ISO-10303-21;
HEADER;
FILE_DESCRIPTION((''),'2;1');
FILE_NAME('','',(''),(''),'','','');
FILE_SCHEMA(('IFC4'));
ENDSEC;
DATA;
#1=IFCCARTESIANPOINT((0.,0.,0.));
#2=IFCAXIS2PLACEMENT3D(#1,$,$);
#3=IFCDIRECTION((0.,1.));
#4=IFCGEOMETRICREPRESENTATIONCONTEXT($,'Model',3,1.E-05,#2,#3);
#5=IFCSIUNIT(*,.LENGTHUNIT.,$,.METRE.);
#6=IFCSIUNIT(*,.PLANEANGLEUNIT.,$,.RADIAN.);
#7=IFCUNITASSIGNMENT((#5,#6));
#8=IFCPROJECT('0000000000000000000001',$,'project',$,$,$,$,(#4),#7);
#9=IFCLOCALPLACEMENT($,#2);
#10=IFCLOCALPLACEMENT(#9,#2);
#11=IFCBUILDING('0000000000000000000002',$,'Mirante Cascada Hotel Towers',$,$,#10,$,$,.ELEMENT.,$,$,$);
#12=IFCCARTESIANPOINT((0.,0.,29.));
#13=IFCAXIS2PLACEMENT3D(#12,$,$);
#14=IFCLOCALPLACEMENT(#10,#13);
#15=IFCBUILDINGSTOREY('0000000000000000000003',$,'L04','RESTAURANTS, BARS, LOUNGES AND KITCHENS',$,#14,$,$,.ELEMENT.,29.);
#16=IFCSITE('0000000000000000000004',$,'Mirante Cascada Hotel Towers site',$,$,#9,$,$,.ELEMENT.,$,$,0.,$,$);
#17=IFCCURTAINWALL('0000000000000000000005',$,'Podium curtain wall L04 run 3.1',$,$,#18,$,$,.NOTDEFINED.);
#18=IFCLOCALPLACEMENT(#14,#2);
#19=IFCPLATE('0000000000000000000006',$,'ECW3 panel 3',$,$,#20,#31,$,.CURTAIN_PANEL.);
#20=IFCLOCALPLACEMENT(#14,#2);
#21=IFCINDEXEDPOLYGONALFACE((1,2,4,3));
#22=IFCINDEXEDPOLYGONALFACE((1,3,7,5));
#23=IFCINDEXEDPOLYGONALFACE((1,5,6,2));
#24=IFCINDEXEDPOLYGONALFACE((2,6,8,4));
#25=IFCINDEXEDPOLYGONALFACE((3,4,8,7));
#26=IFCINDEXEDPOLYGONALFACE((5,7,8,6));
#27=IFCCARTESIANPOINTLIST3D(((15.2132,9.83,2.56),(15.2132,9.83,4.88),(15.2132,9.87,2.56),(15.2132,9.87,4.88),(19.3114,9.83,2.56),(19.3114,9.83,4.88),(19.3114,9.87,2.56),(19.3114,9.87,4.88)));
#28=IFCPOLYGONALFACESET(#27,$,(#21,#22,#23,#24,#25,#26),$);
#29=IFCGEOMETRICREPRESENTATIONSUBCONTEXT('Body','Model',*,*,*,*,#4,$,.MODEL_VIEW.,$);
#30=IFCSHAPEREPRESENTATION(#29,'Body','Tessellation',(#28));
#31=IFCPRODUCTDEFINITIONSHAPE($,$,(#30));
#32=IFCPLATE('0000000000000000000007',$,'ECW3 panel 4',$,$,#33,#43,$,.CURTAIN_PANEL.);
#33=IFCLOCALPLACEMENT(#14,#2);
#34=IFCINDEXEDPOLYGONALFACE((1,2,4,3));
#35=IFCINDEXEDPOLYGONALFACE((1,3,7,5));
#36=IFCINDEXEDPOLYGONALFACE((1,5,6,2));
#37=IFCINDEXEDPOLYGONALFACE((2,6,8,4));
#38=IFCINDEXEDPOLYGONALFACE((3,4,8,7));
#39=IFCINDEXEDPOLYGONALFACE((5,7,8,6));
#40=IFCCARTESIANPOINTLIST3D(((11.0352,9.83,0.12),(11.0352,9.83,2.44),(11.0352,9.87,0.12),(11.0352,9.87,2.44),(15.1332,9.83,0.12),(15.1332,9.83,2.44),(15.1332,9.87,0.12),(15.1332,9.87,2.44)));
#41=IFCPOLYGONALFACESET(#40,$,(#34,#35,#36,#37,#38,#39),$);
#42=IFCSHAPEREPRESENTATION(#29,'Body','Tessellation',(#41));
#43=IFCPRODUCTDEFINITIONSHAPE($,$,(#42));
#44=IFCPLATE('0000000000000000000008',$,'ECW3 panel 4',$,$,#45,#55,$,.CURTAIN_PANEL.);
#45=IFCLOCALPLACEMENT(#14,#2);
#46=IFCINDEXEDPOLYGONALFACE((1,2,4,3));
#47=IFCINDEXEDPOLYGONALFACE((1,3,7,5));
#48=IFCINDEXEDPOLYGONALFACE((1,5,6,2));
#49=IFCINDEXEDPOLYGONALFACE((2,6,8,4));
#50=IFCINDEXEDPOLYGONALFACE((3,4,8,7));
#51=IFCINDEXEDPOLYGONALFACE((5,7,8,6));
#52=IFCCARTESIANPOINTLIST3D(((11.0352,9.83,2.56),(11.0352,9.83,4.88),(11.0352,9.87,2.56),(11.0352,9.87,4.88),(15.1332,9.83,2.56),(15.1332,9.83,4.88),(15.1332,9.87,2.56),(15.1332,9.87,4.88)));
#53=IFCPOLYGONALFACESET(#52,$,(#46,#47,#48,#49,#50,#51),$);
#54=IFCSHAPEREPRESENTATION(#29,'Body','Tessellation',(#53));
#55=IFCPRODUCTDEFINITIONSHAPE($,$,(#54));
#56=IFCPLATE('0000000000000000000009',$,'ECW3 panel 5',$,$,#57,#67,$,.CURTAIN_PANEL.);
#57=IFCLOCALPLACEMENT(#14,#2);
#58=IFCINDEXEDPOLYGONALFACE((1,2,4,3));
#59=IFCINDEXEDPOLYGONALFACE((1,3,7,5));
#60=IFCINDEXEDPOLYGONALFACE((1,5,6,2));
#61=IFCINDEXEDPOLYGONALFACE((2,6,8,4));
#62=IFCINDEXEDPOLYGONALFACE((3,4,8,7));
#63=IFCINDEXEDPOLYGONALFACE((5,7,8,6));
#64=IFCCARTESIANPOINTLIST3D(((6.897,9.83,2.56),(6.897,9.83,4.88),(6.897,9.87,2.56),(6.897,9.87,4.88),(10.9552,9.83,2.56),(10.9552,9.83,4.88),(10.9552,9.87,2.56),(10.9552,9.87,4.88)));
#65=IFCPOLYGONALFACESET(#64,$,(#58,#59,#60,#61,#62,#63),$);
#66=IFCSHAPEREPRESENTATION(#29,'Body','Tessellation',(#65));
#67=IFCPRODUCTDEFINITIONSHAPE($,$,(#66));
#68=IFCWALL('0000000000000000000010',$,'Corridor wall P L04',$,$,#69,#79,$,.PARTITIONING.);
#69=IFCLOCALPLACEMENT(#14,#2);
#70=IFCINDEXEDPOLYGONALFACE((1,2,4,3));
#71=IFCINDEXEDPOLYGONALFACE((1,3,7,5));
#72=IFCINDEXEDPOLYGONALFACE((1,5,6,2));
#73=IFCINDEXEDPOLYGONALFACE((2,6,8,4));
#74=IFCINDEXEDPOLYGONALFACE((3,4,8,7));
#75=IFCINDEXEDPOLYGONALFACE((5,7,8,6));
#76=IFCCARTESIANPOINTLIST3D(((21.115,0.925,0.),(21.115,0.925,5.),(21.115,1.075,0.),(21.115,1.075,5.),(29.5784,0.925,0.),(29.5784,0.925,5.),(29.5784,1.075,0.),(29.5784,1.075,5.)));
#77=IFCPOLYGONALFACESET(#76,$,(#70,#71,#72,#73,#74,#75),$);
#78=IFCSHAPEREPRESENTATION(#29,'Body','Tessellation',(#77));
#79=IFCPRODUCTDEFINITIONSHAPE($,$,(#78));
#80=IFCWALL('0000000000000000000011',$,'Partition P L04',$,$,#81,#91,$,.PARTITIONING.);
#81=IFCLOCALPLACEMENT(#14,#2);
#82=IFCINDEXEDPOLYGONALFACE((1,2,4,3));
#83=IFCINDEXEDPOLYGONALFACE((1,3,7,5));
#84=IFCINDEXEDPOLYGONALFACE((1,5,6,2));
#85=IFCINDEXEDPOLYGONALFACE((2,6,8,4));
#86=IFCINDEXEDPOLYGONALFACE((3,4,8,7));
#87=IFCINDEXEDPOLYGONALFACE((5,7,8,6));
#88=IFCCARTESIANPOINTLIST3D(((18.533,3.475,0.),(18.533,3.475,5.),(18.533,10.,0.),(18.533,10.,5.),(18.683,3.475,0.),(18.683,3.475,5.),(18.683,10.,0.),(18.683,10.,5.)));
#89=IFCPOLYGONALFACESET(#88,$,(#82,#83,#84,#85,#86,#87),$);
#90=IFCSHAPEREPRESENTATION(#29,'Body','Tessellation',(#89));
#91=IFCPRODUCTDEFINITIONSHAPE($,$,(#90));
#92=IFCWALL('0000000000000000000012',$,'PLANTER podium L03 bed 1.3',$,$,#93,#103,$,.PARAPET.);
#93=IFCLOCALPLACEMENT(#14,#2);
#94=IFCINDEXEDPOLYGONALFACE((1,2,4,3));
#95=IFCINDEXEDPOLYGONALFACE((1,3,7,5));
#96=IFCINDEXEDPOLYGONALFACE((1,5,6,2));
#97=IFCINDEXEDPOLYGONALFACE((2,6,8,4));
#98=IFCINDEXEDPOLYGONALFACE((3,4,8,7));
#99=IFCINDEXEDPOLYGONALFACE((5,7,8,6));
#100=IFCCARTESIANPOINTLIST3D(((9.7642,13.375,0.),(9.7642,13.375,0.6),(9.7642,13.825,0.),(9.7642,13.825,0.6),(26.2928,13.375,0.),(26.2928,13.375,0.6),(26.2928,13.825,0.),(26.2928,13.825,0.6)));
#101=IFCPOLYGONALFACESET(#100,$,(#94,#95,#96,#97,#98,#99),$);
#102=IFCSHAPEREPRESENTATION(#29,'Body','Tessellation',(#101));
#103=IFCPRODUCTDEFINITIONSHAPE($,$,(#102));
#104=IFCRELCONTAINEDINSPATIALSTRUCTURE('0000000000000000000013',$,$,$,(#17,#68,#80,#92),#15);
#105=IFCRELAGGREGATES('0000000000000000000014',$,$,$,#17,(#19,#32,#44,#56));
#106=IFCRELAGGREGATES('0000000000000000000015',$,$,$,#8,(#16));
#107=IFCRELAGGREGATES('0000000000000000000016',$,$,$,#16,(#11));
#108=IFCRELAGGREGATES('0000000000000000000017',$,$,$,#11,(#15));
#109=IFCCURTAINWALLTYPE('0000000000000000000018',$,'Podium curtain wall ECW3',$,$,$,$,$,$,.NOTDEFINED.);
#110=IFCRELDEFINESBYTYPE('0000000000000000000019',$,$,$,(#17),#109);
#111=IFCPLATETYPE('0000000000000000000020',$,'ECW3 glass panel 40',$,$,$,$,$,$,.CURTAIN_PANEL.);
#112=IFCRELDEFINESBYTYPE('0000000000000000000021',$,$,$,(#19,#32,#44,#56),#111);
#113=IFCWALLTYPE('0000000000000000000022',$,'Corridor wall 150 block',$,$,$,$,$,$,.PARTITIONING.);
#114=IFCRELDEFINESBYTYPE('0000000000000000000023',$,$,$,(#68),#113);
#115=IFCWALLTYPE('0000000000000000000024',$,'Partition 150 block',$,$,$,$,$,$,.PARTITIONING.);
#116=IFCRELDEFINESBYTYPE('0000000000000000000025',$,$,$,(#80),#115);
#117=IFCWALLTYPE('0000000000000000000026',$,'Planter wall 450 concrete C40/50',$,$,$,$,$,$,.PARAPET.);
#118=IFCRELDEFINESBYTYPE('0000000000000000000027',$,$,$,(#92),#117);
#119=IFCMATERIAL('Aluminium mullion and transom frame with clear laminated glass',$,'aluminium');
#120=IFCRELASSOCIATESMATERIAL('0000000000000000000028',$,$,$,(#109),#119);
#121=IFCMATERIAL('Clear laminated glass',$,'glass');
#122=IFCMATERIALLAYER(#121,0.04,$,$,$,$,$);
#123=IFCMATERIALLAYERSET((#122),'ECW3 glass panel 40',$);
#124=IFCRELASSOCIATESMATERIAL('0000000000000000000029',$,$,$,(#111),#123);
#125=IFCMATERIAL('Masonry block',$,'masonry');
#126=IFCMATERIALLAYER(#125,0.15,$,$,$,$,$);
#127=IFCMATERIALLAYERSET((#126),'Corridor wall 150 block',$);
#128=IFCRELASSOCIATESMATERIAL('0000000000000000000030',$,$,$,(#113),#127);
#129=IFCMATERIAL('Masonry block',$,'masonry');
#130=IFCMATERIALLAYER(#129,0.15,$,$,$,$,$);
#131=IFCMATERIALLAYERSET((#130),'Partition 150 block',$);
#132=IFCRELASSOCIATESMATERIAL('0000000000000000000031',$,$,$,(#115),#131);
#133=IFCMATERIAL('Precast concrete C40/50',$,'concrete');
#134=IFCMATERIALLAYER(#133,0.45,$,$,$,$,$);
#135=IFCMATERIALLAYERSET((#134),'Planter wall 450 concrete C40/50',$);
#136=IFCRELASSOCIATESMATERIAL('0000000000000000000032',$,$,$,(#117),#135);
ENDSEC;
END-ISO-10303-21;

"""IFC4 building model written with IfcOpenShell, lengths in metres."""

from ifc_helpers import new_model, si_unit, direction, frame, frame_2d, origin, origin_2d, place, context, subcontext, project, spatial, rectangle, extrude, material, layer, layer_set, type_object, element, aggregate, save


model = new_model("IFC4")

# Units and contexts
model_context = context("Model", 3, precision=1e-05, world=origin(), true_north=direction((0.0, 1.0)))
body_context = subcontext(model_context, "Body", "Model", "MODEL_VIEW")
ifc_project = project(units=[si_unit("LENGTHUNIT", "METRE"), si_unit("PLANEANGLEUNIT", "RADIAN")], contexts=[model_context])

# Site, building, storey
site_placement = place(None, origin())
site = spatial("IfcSite", under=ifc_project, at=site_placement, Name="Mirante Cascada Hotel Towers site", CompositionType="ELEMENT", RefElevation=0.0)
building_placement = place(site_placement, origin())
building = spatial("IfcBuilding", under=site, at=building_placement, Name="Mirante Cascada Hotel Towers", CompositionType="ELEMENT")
storey_placement = place(building_placement, frame((0.0, 0.0, 29.0)))
storey = spatial("IfcBuildingStorey", under=building, at=storey_placement, Name="L04", Description="RESTAURANTS, BARS, LOUNGES AND KITCHENS", CompositionType="ELEMENT", Elevation=29.0)

# Curtain wall, plates
ifc_material_1 = material(Name="Aluminium mullion and transom frame with clear laminated glass", Category="aluminium")
curtain_wall_type = type_object("IfcCurtainWallType", Name="Podium curtain wall ECW3", PredefinedType="NOTDEFINED", material=ifc_material_1)
curtain_wall_placement = place(storey_placement, origin())
curtain_wall = element("IfcCurtainWall", 1, at=curtain_wall_placement, inside=storey, type_object=curtain_wall_type, Name="Podium curtain wall L04 run 3.1", PredefinedType="NOTDEFINED")
ifc_material_2 = material(Name="Clear laminated glass", Category="glass")
ifc_layer_1 = layer(ifc_material_2, 0.04)
ifc_layer_set_1 = layer_set([ifc_layer_1], Name="ECW3 glass panel 40")
plate_type = type_object("IfcPlateType", Name="ECW3 glass panel 40", PredefinedType="CURTAIN_PANEL", material=ifc_layer_set_1)
plate_1_placement = place(storey_placement, frame((17.2623, 9.85, 2.56), z_axis=(0.0, 0.0, 1.0), x_axis=(-1.0, 0.0, 0.0)))
plate_1 = element("IfcPlate", 2, at=plate_1_placement, type_object=plate_type, Name="ECW3 panel 3", PredefinedType="CURTAIN_PANEL", context=body_context, shape_type="SweptSolid", body=[
    extrude(rectangle(XDim=4.0981, YDim=0.04, at=origin_2d()), origin(), (0.0, 0.0, 1.0), 2.32),
])
plate_2_placement = place(storey_placement, frame((13.0842, 9.85, 0.12), z_axis=(0.0, 0.0, 1.0), x_axis=(-1.0, 0.0, 0.0)))
plate_2 = element("IfcPlate", 3, at=plate_2_placement, type_object=plate_type, Name="ECW3 panel 4", PredefinedType="CURTAIN_PANEL", context=body_context, shape_type="SweptSolid", body=[
    extrude(rectangle(XDim=4.0981, YDim=0.04, at=origin_2d()), origin(), (0.0, 0.0, 1.0), 2.32),
])
plate_3_placement = place(storey_placement, frame((13.0842, 9.85, 2.56), z_axis=(0.0, 0.0, 1.0), x_axis=(-1.0, 0.0, 0.0)))
plate_3 = element("IfcPlate", 4, at=plate_3_placement, type_object=plate_type, Name="ECW3 panel 4", PredefinedType="CURTAIN_PANEL", context=body_context, shape_type="SweptSolid", body=[
    extrude(rectangle(XDim=4.0981, YDim=0.04, at=origin_2d()), origin(), (0.0, 0.0, 1.0), 2.32),
])
plate_4_placement = place(storey_placement, frame((8.9261, 9.85, 2.56), z_axis=(0.0, 0.0, 1.0), x_axis=(-1.0, 0.0, 0.0)))
plate_4 = element("IfcPlate", 5, at=plate_4_placement, type_object=plate_type, Name="ECW3 panel 5", PredefinedType="CURTAIN_PANEL", context=body_context, shape_type="SweptSolid", body=[
    extrude(rectangle(XDim=4.0581, YDim=0.04, at=origin_2d()), origin(), (0.0, 0.0, 1.0), 2.32),
])
aggregate(curtain_wall, [plate_1, plate_2, plate_3, plate_4])

# Walls
ifc_material_3 = material(Name="Masonry block", Category="masonry")
ifc_layer_2 = layer(ifc_material_3, 0.15)
ifc_layer_set_2 = layer_set([ifc_layer_2], Name="Corridor wall 150 block")
wall_type_1 = type_object("IfcWallType", Name="Corridor wall 150 block", PredefinedType="PARTITIONING", material=ifc_layer_set_2)
wall_1_placement = place(storey_placement, frame((21.115, 1.0, 0.0), z_axis=(0.0, 0.0, 1.0), x_axis=(1.0, 0.0, 0.0)))
element("IfcWall", 6, at=wall_1_placement, inside=storey, type_object=wall_type_1, Name="Corridor wall P L04", PredefinedType="PARTITIONING", context=body_context, shape_type="SweptSolid", body=[
    extrude(rectangle(XDim=8.4634, YDim=0.15, at=frame_2d((4.2317, 0.0))), origin(), (0.0, 0.0, 1.0), 5.0),
])
ifc_material_4 = material(Name="Masonry block", Category="masonry")
ifc_layer_3 = layer(ifc_material_4, 0.15)
ifc_layer_set_3 = layer_set([ifc_layer_3], Name="Partition 150 block")
wall_type_2 = type_object("IfcWallType", Name="Partition 150 block", PredefinedType="PARTITIONING", material=ifc_layer_set_3)
wall_2_placement = place(storey_placement, frame((18.608, 3.475, 0.0), z_axis=(0.0, 0.0, 1.0), x_axis=(0.0, 1.0, 0.0)))
element("IfcWall", 7, at=wall_2_placement, inside=storey, type_object=wall_type_2, Name="Partition P L04", PredefinedType="PARTITIONING", context=body_context, shape_type="SweptSolid", body=[
    extrude(rectangle(XDim=6.525, YDim=0.15, at=frame_2d((3.2625, 0.0))), origin(), (0.0, 0.0, 1.0), 5.0),
])
ifc_material_5 = material(Name="Precast concrete C40/50", Category="concrete")
ifc_layer_4 = layer(ifc_material_5, 0.45)
ifc_layer_set_4 = layer_set([ifc_layer_4], Name="Planter wall 450 concrete C40/50")
wall_type_3 = type_object("IfcWallType", Name="Planter wall 450 concrete C40/50", PredefinedType="PARAPET", material=ifc_layer_set_4)
wall_3_placement = place(storey_placement, frame((9.7643, 13.6, 0.0), z_axis=(0.0, 0.0, 1.0), x_axis=(1.0, 0.0, 0.0)))
element("IfcWall", 8, at=wall_3_placement, inside=storey, type_object=wall_type_3, Name="PLANTER podium L03 bed 1.3", PredefinedType="PARAPET", context=body_context, shape_type="SweptSolid", body=[
    extrude(rectangle(XDim=16.5285, YDim=0.45, at=frame_2d((8.2642, 0.0))), origin(), (0.0, 0.0, 1.0), 0.6),
])

save(model, "model.ifc")
